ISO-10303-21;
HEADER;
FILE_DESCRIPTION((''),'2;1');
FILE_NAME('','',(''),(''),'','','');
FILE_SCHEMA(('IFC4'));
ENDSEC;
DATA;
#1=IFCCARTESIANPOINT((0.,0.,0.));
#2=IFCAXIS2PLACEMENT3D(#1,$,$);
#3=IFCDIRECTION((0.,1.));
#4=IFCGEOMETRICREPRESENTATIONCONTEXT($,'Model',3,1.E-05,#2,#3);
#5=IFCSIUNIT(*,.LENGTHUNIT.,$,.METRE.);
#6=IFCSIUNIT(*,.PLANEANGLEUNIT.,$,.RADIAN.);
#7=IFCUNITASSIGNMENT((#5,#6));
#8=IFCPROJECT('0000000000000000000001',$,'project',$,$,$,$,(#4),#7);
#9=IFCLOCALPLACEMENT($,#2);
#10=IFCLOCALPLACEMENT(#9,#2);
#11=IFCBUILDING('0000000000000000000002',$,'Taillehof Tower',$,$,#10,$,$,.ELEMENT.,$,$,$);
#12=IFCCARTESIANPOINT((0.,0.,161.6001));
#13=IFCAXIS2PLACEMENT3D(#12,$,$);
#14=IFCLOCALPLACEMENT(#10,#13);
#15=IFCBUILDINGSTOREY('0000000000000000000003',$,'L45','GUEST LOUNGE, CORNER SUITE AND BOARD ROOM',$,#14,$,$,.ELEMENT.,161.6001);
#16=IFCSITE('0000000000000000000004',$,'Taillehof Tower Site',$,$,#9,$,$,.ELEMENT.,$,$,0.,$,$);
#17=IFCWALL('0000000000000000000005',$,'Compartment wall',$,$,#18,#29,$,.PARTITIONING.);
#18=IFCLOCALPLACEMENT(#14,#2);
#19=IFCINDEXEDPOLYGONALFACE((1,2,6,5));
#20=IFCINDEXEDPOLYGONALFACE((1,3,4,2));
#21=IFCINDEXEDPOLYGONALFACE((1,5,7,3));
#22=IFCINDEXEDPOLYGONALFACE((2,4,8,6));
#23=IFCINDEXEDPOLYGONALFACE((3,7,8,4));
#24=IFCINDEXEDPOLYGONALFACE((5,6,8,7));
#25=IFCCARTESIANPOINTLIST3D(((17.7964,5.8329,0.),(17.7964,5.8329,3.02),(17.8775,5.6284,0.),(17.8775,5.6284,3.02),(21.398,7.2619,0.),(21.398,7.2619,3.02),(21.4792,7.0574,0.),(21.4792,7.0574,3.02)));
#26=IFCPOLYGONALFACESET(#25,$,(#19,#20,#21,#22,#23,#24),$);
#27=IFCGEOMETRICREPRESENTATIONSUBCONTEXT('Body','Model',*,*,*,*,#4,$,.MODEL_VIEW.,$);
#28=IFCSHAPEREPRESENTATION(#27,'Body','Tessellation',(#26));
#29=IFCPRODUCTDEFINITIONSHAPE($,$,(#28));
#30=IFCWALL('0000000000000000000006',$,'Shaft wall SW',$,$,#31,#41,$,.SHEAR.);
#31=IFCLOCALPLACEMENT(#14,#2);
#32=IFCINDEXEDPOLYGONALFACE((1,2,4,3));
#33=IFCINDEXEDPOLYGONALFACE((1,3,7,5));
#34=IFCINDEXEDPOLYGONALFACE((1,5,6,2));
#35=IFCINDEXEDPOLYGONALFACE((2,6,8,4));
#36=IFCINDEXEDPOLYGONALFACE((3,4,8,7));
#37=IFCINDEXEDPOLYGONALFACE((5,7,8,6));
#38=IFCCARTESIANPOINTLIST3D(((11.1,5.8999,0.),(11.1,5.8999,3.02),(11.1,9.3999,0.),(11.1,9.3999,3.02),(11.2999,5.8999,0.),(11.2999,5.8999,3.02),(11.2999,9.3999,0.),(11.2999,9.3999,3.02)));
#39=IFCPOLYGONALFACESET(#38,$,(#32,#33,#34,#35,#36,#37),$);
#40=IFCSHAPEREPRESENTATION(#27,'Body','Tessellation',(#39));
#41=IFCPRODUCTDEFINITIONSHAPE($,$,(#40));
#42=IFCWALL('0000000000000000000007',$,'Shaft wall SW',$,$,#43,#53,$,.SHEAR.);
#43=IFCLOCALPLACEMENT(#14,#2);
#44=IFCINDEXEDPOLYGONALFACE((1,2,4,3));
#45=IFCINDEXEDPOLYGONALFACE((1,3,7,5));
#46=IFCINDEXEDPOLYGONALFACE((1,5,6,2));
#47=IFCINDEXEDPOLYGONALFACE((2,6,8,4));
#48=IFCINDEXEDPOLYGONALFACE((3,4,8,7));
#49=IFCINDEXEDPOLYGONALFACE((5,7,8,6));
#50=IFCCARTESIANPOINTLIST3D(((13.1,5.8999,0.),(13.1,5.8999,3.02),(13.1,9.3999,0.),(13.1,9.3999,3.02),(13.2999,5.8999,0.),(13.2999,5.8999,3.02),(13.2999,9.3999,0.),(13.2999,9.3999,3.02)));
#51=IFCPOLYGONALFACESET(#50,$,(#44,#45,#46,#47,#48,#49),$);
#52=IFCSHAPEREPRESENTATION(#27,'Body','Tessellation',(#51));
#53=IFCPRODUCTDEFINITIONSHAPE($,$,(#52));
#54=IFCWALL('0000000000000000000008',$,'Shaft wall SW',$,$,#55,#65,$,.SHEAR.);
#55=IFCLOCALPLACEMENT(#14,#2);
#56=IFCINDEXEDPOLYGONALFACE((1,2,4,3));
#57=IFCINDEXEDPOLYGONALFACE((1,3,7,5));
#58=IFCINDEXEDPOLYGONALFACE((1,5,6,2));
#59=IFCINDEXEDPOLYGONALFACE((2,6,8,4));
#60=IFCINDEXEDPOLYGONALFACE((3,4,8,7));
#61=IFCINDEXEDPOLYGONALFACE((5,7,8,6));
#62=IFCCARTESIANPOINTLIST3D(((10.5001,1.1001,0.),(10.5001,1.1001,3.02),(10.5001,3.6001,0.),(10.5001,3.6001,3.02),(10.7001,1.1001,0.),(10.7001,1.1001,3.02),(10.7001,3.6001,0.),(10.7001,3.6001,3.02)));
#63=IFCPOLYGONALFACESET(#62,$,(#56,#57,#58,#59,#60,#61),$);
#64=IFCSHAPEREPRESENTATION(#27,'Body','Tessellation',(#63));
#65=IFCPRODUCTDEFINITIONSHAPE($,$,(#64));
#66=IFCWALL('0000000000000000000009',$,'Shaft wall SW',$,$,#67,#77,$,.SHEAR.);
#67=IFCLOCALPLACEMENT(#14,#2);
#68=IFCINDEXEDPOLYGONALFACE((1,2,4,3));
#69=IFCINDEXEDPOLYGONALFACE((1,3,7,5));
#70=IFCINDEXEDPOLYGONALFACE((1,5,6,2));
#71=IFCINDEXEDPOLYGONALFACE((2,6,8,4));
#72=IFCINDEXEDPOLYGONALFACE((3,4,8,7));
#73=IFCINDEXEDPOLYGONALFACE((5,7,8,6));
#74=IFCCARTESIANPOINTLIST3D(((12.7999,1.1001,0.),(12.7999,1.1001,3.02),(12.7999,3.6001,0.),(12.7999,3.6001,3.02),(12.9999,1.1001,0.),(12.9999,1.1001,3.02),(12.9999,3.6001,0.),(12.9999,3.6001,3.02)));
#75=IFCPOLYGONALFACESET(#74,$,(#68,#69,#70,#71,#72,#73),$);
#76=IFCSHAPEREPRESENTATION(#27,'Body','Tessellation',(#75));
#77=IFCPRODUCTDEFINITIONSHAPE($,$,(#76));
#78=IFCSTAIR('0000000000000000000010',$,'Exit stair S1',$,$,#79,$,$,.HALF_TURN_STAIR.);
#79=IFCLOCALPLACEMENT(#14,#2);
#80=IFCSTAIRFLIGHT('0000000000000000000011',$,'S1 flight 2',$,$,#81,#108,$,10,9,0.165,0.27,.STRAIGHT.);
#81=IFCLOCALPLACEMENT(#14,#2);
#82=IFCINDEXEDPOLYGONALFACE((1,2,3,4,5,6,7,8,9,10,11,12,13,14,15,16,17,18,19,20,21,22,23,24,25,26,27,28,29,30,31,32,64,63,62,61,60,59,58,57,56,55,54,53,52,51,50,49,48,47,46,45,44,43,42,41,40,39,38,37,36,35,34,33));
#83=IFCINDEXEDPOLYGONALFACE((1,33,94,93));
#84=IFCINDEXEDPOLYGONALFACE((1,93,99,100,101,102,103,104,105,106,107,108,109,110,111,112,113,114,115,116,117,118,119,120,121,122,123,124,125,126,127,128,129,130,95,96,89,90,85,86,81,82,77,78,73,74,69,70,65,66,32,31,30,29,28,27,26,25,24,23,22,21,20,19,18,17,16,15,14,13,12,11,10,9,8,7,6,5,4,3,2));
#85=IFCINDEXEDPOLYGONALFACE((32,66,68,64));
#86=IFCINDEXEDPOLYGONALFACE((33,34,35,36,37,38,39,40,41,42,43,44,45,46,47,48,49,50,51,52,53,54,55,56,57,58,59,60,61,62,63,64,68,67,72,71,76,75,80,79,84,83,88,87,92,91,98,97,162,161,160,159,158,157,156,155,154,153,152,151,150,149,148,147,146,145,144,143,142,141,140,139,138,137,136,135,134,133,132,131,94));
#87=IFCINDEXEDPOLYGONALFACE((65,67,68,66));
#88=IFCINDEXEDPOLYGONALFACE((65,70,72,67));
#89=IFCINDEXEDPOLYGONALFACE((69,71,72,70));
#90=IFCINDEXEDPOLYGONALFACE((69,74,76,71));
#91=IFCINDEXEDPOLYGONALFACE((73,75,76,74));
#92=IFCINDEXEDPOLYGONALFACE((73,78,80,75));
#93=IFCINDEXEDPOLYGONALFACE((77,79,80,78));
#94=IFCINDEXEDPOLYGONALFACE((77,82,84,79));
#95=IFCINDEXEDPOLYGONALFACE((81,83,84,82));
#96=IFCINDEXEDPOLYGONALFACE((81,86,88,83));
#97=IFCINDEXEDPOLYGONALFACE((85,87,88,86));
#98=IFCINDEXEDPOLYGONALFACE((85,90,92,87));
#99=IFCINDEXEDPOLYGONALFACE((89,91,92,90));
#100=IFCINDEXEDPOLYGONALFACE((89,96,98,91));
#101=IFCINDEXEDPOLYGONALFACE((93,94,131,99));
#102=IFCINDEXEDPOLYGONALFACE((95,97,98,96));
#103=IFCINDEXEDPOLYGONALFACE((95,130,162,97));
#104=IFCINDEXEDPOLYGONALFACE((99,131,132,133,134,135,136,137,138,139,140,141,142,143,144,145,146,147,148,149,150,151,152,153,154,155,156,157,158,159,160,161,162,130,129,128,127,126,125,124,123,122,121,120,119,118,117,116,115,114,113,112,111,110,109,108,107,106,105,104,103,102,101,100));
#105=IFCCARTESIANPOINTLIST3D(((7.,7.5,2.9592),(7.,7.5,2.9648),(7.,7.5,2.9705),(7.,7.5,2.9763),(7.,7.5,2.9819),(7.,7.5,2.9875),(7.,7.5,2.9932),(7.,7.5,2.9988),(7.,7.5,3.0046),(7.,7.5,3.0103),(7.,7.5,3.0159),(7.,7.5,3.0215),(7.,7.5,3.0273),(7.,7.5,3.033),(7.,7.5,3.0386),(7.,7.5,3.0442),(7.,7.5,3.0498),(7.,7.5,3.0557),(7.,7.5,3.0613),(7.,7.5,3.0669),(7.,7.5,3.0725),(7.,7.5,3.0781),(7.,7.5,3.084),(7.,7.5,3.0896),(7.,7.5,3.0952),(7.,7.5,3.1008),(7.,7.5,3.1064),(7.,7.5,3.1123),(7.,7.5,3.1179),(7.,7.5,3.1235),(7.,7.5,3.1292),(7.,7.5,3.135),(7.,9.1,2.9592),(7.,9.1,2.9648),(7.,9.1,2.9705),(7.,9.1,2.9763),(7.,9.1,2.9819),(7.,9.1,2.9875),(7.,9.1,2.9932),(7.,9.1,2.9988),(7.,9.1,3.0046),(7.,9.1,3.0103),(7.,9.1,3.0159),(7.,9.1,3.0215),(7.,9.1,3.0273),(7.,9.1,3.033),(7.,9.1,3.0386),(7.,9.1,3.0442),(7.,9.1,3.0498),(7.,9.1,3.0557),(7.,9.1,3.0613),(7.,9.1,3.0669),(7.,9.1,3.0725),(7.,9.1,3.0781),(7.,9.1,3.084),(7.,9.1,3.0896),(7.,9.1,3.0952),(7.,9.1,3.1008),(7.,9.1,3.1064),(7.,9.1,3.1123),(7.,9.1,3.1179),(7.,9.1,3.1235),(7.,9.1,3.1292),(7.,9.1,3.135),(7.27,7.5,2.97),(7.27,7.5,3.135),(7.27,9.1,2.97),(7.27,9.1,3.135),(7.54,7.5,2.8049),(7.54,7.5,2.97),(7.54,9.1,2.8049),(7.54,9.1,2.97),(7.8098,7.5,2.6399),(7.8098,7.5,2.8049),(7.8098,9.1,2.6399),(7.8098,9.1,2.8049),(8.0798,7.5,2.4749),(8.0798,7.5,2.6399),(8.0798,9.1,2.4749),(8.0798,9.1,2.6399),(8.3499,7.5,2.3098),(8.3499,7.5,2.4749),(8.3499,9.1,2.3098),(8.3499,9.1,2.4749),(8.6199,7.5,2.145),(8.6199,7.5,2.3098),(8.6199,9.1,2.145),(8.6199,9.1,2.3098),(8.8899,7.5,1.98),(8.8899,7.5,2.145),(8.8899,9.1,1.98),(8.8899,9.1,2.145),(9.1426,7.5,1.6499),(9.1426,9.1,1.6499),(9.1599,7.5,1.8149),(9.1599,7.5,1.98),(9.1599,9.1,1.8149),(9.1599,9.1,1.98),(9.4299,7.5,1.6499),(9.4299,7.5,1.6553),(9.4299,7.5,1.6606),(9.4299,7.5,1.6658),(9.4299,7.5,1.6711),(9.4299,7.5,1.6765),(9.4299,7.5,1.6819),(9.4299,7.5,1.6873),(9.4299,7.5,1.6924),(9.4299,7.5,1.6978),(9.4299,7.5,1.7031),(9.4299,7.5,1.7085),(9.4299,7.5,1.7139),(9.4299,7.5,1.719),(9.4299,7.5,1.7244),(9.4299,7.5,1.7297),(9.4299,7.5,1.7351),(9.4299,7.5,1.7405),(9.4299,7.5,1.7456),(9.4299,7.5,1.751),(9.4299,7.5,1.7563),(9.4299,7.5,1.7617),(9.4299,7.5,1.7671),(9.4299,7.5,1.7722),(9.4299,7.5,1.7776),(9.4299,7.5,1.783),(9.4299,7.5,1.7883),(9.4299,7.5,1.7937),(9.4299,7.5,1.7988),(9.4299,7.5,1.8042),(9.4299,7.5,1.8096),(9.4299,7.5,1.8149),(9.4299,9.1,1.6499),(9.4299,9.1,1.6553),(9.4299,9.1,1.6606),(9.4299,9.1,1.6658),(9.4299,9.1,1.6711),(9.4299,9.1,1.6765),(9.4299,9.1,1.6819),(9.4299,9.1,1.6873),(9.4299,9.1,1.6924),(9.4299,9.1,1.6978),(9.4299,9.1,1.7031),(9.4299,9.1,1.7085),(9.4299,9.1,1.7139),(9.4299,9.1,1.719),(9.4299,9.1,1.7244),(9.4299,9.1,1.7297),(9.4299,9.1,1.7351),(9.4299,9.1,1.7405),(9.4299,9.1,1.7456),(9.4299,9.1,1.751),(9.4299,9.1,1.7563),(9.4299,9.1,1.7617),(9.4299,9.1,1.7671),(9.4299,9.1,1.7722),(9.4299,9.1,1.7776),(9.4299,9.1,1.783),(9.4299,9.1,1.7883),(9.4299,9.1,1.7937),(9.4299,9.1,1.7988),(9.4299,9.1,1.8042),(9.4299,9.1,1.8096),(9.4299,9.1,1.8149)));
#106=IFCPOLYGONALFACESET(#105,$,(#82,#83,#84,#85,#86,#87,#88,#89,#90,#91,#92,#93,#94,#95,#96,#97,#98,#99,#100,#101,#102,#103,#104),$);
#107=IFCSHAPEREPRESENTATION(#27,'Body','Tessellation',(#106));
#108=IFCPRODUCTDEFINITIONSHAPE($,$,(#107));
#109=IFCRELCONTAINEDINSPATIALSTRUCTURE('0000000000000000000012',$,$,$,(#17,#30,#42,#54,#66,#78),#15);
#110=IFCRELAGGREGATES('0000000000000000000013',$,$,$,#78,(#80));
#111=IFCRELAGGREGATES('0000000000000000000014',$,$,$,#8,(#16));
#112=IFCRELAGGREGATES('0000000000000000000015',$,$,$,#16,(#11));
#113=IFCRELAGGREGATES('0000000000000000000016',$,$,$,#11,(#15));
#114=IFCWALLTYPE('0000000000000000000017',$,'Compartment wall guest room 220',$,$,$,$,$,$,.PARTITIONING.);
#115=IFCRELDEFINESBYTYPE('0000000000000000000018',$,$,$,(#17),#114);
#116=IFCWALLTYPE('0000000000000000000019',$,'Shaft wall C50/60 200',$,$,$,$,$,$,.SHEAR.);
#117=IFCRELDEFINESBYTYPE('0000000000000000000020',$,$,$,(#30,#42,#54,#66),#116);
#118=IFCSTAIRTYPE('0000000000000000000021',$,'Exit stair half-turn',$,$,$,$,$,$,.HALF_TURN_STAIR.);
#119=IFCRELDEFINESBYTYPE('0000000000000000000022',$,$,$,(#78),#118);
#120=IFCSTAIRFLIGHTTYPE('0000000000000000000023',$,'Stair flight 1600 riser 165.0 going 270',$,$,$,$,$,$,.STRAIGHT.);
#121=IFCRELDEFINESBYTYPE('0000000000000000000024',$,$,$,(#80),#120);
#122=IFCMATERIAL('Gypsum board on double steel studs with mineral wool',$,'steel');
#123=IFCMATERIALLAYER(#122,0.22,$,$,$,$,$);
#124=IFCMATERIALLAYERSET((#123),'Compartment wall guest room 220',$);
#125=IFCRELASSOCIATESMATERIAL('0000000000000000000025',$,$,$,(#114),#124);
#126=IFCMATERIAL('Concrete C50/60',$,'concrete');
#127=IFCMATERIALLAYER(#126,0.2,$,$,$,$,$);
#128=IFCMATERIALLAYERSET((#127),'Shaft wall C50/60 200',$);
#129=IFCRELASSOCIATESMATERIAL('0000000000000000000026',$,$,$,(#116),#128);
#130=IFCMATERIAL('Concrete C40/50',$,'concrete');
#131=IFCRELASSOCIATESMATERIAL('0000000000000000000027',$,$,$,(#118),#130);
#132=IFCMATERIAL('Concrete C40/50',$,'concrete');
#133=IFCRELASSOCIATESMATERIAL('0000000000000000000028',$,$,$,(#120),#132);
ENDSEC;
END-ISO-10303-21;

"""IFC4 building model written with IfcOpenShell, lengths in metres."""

from ifc_helpers import new_model, si_unit, direction, frame, frame_2d, origin, place, context, subcontext, project, spatial, polyline, rectangle, outline, extrude, material, layer, layer_set, type_object, element, aggregate, save


model = new_model("IFC4")

# Units and contexts
model_context = context("Model", 3, precision=1e-05, world=origin(), true_north=direction((0.0, 1.0)))
body_context = subcontext(model_context, "Body", "Model", "MODEL_VIEW")
ifc_project = project(units=[si_unit("LENGTHUNIT", "METRE"), si_unit("PLANEANGLEUNIT", "RADIAN")], contexts=[model_context])

# Site, building, storey
site_placement = place(None, origin())
site = spatial("IfcSite", under=ifc_project, at=site_placement, Name="Taillehof Tower Site", CompositionType="ELEMENT", RefElevation=0.0)
building_placement = place(site_placement, origin())
building = spatial("IfcBuilding", under=site, at=building_placement, Name="Taillehof Tower", CompositionType="ELEMENT")
storey_placement = place(building_placement, frame((0.0, 0.0, 161.6001)))
storey = spatial("IfcBuildingStorey", under=building, at=storey_placement, Name="L45", Description="GUEST LOUNGE, CORNER SUITE AND BOARD ROOM", CompositionType="ELEMENT", Elevation=161.6001)

# Walls
ifc_material_1 = material(Name="Gypsum board on double steel studs with mineral wool", Category="steel")
ifc_layer_1 = layer(ifc_material_1, 0.22)
ifc_layer_set_1 = layer_set([ifc_layer_1], Name="Compartment wall guest room 220")
wall_type_1 = type_object("IfcWallType", Name="Compartment wall guest room 220", PredefinedType="PARTITIONING", material=ifc_layer_set_1)
wall_1_placement = place(storey_placement, frame((21.4387, 7.1597, 0.0), z_axis=(0.0, 0.0, 1.0), x_axis=(-0.929512, -0.368793, 0.0)))
element("IfcWall", 1, at=wall_1_placement, inside=storey, type_object=wall_type_1, Name="Compartment wall", PredefinedType="PARTITIONING", context=body_context, shape_type="SweptSolid", body=[
    extrude(rectangle(XDim=3.8748, YDim=0.22, at=frame_2d((1.9375, 0.0))), origin(), (0.0, 0.0, 1.0), 3.02),
])
ifc_material_2 = material(Name="Concrete C50/60", Category="concrete")
ifc_layer_2 = layer(ifc_material_2, 0.2)
ifc_layer_set_2 = layer_set([ifc_layer_2], Name="Shaft wall C50/60 200")
wall_type_2 = type_object("IfcWallType", Name="Shaft wall C50/60 200", PredefinedType="SHEAR", material=ifc_layer_set_2)
for number, where, z_axis, x_axis, name in (
    (2, (11.2, 5.8999, 0.0), (0.0, 0.0, 1.0), (0.0, 1.0, 0.0), "Shaft wall SW"),
    (3, (13.2, 5.8999, 0.0), (0.0, 0.0, 1.0), (0.0, 1.0, 0.0), "Shaft wall SW"),
):
    element("IfcWall", number, at=place(storey_placement, frame(where, z_axis=z_axis, x_axis=x_axis)), inside=storey, type_object=wall_type_2, Name=name, PredefinedType="SHEAR", context=body_context, shape_type="SweptSolid", body=[
        extrude(rectangle(XDim=3.5, YDim=0.2, at=frame_2d((1.75, 0.0))), origin(), (0.0, 0.0, 1.0), 3.02),
    ])
for number, where, z_axis, x_axis, name in (
    (4, (10.6001, 1.1001, 0.0), (0.0, 0.0, 1.0), (0.0, 1.0, 0.0), "Shaft wall SW"),
    (5, (12.8999, 1.1001, 0.0), (0.0, 0.0, 1.0), (0.0, 1.0, 0.0), "Shaft wall SW"),
):
    element("IfcWall", number, at=place(storey_placement, frame(where, z_axis=z_axis, x_axis=x_axis)), inside=storey, type_object=wall_type_2, Name=name, PredefinedType="SHEAR", context=body_context, shape_type="SweptSolid", body=[
        extrude(rectangle(XDim=2.5, YDim=0.2, at=frame_2d((1.25, 0.0))), origin(), (0.0, 0.0, 1.0), 3.02),
    ])

# Stair, stair flight
ifc_material_3 = material(Name="Concrete C40/50", Category="concrete")
stair_type = type_object("IfcStairType", Name="Exit stair half-turn", PredefinedType="HALF_TURN_STAIR", material=ifc_material_3)
stair_placement = place(storey_placement, origin())
stair = element("IfcStair", 6, at=stair_placement, inside=storey, type_object=stair_type, Name="Exit stair S1", PredefinedType="HALF_TURN_STAIR")
ifc_material_4 = material(Name="Concrete C40/50", Category="concrete")
stair_flight_type = type_object("IfcStairFlightType", Name="Stair flight 1600 riser 165.0 going 270", PredefinedType="STRAIGHT", material=ifc_material_4)
stair_flight_placement = place(storey_placement, frame((9.4299, 8.3, 1.6499), z_axis=(0.0, 0.0, 1.0), x_axis=(-1.0, 0.0, 0.0)))
stair_flight = element("IfcStairFlight", 7, at=stair_flight_placement, type_object=stair_flight_type, Name="S1 flight 2", NumberOfRisers=10, NumberOfTreads=9, PredefinedType="STRAIGHT", RiserHeight=0.165, TreadLength=0.27, context=body_context, shape_type="SweptSolid", body=[
    extrude(outline(polyline([(0.0, 0.0), (0.0, 0.0054), (0.0, 0.0107), (0.0, 0.0159), (0.0, 0.0212), (0.0, 0.0266), (0.0, 0.032), (0.0, 0.0374), (0.0, 0.0425), (0.0, 0.0479), (0.0, 0.0532), (0.0, 0.0586), (0.0, 0.064), (0.0, 0.0691), (0.0, 0.0745), (0.0, 0.0798), (0.0, 0.0852), (0.0, 0.0906), (0.0, 0.0957), (0.0, 0.1011), (0.0, 0.1064), (0.0, 0.1118), (0.0, 0.1172), (0.0, 0.1223), (0.0, 0.1277), (0.0, 0.1331), (0.0, 0.1384), (0.0, 0.1438), (0.0, 0.1489), (0.0, 0.1543), (0.0, 0.1597), (0.0, 0.165), (0.27, 0.165), (0.27, 0.3301), (0.54, 0.3301), (0.54, 0.4951), (0.8101, 0.4951), (0.8101, 0.6599), (1.0801, 0.6599), (1.0801, 0.825), (1.3501, 0.825), (1.3501, 0.99), (1.6201, 0.99), (1.6201, 1.155), (1.8899, 1.155), (1.8899, 1.3201), (2.1599, 1.3201), (2.1599, 1.4851), (2.4299, 1.4851), (2.4299, 1.4792), (2.4299, 1.4736), (2.4299, 1.468), (2.4299, 1.4624), (2.4299, 1.4565), (2.4299, 1.4509), (2.4299, 1.4453), (2.4299, 1.4397), (2.4299, 1.4341), (2.4299, 1.4282), (2.4299, 1.4226), (2.4299, 1.417), (2.4299, 1.4114), (2.4299, 1.4058), (2.4299, 1.3999), (2.4299, 1.3943), (2.4299, 1.3887), (2.4299, 1.3831), (2.4299, 1.3774), (2.4299, 1.3716), (2.4299, 1.366), (2.4299, 1.3604), (2.4299, 1.3547), (2.4299, 1.3489), (2.4299, 1.3433), (2.4299, 1.3376), (2.4299, 1.332), (2.4299, 1.3264), (2.4299, 1.3206), (2.4299, 1.3149), (2.4299, 1.3093), (0.2874, 0.0), (0.0, 0.0)])), frame((0.0, 0.8, 0.0), z_axis=(0.0, -1.0, 0.0), x_axis=(1.0, 0.0, 0.0)), (0.0, 0.0, 1.0), 1.6),
])
aggregate(stair, [stair_flight])

save(model, "model.ifc")
